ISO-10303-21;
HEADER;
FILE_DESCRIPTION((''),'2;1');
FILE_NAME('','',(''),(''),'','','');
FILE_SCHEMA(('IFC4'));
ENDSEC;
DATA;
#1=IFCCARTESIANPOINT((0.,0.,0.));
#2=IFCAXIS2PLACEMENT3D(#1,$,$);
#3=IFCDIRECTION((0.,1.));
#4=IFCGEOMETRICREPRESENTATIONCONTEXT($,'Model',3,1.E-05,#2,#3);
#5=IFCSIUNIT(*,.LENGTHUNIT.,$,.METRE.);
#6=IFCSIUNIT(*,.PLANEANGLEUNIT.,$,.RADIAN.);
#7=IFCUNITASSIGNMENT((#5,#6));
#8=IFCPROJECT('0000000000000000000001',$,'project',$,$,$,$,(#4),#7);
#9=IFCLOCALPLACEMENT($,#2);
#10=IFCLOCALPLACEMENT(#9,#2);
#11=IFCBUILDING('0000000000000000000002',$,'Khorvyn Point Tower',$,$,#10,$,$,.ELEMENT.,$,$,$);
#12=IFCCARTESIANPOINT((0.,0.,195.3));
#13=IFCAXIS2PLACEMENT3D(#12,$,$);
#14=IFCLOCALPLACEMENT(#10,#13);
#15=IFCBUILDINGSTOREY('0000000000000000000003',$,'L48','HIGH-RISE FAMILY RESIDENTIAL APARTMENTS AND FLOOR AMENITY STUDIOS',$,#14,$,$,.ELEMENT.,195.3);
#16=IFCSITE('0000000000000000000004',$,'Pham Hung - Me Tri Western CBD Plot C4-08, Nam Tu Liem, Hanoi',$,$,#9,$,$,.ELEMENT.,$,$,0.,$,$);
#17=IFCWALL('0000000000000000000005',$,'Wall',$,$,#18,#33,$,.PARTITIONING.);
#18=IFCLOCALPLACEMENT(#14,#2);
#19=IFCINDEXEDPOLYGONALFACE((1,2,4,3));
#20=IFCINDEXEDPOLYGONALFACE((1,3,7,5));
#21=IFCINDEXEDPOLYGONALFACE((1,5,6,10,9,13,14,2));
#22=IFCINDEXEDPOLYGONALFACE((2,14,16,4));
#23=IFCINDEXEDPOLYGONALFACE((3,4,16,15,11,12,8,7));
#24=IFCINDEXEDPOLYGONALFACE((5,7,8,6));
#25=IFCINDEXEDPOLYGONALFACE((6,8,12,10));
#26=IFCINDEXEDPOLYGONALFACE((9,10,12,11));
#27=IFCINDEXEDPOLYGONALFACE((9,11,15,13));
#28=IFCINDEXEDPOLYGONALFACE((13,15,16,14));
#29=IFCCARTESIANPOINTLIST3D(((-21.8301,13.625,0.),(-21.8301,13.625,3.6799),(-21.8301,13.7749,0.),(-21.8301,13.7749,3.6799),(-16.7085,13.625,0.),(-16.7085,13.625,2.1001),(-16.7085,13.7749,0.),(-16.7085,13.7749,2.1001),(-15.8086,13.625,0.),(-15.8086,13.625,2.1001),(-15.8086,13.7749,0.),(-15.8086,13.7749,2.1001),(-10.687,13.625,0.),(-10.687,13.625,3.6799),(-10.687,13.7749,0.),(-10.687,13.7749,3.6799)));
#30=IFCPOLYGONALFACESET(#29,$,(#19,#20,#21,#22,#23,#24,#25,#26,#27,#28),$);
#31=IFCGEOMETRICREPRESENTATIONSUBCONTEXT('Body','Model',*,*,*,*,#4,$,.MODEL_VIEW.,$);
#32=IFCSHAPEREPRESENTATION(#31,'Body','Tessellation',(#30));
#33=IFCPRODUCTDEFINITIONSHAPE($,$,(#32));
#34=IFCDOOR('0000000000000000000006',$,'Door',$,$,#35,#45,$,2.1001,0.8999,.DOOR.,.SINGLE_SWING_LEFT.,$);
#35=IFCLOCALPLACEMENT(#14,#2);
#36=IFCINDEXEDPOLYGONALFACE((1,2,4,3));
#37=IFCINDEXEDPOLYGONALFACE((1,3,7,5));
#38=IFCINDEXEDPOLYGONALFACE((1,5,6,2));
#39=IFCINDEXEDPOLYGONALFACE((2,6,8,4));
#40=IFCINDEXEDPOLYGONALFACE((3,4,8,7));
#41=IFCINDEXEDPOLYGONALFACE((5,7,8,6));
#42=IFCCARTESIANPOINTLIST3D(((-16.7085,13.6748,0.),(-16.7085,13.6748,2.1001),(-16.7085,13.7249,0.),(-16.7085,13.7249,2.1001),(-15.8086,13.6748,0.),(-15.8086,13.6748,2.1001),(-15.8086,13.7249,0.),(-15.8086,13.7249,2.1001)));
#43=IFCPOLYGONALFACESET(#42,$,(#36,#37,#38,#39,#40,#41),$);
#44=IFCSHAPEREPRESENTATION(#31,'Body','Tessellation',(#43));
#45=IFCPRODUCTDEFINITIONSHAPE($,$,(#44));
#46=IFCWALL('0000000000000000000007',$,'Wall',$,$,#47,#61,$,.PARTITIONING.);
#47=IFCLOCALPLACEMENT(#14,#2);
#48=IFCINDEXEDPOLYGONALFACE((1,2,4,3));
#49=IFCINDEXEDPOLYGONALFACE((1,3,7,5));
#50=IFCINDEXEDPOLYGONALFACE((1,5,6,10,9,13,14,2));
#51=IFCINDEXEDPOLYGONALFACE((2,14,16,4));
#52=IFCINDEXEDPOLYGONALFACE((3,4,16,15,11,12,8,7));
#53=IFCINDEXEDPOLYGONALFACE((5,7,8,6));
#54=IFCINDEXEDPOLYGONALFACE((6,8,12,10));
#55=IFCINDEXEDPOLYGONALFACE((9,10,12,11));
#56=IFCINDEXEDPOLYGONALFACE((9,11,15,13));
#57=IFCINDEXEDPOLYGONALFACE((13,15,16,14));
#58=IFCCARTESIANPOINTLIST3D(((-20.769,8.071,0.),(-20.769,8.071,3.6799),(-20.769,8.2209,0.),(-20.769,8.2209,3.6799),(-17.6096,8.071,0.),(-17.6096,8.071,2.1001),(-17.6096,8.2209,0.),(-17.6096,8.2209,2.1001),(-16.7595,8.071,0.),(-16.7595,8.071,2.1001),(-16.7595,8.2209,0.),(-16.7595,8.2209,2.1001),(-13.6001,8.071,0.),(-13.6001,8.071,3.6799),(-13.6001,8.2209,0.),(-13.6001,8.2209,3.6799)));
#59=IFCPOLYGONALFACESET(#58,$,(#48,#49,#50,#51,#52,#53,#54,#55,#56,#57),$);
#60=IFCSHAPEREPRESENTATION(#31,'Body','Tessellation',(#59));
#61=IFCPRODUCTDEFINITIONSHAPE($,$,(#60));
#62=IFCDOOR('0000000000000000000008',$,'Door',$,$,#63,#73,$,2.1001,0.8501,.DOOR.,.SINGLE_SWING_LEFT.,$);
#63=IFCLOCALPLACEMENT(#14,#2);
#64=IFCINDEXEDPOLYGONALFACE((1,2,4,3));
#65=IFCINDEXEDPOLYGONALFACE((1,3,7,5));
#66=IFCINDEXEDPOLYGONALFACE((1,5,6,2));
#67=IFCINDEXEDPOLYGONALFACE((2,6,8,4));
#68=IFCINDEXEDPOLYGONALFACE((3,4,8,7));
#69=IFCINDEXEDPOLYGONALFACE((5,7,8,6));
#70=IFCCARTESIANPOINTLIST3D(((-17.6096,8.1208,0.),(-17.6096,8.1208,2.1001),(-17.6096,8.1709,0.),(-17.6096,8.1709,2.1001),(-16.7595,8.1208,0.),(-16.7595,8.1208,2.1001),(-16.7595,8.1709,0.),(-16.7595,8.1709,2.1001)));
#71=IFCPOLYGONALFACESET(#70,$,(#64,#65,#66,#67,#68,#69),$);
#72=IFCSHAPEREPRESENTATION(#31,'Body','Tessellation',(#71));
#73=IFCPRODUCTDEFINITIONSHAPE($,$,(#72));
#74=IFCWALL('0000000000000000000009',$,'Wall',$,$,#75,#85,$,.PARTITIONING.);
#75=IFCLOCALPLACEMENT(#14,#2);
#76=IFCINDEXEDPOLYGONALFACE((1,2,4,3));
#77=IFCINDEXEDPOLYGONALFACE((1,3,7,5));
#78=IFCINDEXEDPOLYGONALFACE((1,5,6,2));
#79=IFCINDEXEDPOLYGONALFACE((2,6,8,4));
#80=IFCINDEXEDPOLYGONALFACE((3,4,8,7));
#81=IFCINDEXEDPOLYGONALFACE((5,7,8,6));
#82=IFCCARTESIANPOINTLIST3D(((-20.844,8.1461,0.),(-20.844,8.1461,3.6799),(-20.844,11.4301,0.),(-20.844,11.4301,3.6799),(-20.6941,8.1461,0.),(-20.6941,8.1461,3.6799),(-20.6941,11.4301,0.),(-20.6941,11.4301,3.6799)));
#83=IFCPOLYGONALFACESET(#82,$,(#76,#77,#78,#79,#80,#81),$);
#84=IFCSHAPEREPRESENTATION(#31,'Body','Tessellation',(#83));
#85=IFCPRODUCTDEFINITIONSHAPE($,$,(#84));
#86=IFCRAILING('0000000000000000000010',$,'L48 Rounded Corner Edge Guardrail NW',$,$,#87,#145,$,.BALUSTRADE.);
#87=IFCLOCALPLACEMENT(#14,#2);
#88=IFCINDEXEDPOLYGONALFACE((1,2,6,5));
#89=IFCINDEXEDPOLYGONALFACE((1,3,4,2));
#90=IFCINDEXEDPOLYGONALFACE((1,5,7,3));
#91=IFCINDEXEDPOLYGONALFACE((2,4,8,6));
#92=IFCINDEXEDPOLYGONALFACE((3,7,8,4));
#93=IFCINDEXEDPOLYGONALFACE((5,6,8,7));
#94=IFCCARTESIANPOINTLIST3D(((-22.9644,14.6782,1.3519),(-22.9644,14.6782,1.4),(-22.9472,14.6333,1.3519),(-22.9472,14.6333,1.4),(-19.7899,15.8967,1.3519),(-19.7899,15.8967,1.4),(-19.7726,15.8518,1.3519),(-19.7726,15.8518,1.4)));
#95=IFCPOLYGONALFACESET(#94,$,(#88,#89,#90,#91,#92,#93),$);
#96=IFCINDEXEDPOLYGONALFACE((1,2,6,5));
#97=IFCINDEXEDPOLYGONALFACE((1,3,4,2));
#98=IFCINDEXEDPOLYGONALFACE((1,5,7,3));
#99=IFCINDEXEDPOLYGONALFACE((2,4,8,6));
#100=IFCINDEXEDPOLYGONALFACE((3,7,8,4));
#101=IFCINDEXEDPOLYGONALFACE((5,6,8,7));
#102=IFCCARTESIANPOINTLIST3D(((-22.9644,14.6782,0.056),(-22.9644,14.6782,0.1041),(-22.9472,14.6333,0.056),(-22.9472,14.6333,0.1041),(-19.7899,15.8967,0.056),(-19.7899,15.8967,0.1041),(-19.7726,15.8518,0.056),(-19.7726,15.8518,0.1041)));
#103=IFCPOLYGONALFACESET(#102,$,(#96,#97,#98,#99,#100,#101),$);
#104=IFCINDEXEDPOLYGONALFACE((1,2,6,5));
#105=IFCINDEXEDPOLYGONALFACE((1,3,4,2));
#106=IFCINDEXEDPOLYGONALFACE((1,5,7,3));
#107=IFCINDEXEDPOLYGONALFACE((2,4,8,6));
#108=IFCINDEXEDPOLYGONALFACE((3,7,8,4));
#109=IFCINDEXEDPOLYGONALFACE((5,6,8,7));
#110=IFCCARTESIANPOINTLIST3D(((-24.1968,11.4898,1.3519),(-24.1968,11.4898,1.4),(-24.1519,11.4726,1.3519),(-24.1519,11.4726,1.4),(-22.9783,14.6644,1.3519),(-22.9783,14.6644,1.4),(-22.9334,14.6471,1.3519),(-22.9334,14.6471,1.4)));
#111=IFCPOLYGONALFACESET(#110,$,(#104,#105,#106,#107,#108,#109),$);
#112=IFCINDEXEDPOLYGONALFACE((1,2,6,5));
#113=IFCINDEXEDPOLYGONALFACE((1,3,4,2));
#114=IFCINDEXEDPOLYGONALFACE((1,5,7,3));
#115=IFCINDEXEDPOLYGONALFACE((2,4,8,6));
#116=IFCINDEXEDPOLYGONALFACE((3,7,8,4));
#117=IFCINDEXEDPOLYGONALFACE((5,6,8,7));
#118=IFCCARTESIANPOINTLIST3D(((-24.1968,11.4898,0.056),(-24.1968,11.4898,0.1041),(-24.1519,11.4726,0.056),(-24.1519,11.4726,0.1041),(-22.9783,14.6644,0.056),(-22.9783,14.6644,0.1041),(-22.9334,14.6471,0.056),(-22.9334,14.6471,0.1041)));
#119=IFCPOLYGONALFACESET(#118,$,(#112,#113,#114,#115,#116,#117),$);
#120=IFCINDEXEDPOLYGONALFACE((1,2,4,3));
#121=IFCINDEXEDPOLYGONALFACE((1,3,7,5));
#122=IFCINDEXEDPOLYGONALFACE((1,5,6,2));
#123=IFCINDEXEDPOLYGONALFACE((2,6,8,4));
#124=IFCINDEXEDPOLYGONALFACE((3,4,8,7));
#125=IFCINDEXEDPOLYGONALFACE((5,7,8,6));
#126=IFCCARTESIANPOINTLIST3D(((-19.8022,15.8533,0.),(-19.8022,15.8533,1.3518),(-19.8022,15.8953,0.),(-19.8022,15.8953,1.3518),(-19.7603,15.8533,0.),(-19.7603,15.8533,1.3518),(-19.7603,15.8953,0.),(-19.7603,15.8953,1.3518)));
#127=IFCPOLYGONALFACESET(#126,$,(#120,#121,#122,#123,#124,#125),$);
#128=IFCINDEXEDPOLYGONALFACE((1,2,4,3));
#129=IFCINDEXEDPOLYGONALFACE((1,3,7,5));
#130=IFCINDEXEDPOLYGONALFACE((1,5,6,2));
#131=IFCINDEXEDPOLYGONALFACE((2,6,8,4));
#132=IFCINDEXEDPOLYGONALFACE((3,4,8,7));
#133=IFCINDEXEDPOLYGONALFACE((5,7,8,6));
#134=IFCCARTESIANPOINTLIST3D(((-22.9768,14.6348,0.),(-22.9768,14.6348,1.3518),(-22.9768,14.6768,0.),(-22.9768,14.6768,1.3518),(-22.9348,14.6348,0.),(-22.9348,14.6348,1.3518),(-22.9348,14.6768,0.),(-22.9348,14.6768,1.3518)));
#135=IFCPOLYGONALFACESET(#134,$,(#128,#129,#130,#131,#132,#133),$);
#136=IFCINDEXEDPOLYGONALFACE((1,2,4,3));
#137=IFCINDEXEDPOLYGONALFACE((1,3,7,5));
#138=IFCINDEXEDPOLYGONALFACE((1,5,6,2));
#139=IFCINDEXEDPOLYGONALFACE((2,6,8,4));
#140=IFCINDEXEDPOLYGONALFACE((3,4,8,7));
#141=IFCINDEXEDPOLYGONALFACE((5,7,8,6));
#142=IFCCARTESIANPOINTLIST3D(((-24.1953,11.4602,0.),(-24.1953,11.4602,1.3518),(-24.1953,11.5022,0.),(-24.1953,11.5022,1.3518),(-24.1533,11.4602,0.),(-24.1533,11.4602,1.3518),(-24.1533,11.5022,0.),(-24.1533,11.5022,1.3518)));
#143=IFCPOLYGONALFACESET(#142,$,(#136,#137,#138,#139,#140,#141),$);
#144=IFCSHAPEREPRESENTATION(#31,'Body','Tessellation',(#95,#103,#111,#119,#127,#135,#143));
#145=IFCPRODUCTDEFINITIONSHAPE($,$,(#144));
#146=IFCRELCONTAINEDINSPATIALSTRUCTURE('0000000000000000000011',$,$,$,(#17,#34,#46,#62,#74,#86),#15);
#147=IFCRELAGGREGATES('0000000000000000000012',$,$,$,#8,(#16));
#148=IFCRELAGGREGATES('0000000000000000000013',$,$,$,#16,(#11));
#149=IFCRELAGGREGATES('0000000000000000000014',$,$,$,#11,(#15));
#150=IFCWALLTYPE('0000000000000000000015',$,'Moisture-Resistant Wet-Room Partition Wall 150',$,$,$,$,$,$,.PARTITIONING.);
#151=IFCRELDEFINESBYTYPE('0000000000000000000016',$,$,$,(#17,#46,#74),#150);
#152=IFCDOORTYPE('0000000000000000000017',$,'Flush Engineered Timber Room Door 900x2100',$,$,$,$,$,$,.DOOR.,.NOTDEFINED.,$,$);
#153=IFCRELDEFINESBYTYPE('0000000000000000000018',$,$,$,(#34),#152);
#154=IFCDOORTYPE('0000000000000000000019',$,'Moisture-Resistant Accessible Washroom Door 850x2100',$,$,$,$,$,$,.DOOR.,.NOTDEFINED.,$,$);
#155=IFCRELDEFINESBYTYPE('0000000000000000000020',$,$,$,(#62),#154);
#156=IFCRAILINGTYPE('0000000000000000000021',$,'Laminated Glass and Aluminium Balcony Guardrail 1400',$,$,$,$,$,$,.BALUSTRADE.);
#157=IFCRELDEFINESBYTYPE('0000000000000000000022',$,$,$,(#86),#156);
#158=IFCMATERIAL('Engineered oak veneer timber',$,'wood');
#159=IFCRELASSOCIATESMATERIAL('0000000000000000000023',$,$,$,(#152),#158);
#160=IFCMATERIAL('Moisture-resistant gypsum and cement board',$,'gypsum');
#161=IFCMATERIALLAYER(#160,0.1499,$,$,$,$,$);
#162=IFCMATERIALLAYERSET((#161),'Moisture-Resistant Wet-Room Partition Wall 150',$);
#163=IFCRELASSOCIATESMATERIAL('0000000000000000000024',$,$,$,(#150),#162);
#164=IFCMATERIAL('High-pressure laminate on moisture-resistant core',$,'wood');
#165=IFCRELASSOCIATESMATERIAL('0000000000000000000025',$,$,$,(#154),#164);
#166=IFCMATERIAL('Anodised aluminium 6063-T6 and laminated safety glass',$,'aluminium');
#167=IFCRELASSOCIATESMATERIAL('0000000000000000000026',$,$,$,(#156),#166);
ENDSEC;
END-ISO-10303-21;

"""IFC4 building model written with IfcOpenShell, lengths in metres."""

from ifc_helpers import new_model, si_unit, direction, frame, frame_2d, origin, origin_2d, place, context, subcontext, project, spatial, rectangle, extrude, material, layer, layer_set, type_object, element, fill, save


model = new_model("IFC4")

# Units and contexts
model_context = context("Model", 3, precision=1e-05, world=origin(), true_north=direction((0.0, 1.0)))
body_context = subcontext(model_context, "Body", "Model", "MODEL_VIEW")
ifc_project = project(units=[si_unit("LENGTHUNIT", "METRE"), si_unit("PLANEANGLEUNIT", "RADIAN")], contexts=[model_context])

# Site, building, storey
site_placement = place(None, origin())
site = spatial("IfcSite", under=ifc_project, at=site_placement, Name="Pham Hung - Me Tri Western CBD Plot C4-08, Nam Tu Liem, Hanoi", CompositionType="ELEMENT", RefElevation=0.0)
building_placement = place(site_placement, origin())
building = spatial("IfcBuilding", under=site, at=building_placement, Name="Khorvyn Point Tower", CompositionType="ELEMENT")
storey_placement = place(building_placement, frame((0.0, 0.0, 195.3)))
storey = spatial("IfcBuildingStorey", under=building, at=storey_placement, Name="L48", Description="HIGH-RISE FAMILY RESIDENTIAL APARTMENTS AND FLOOR AMENITY STUDIOS", CompositionType="ELEMENT", Elevation=195.3)

# Walls, openings, doors
ifc_material_1 = material(Name="Engineered oak veneer timber", Category="wood")
door_type_1 = type_object("IfcDoorType", Name="Flush Engineered Timber Room Door 900x2100", OperationType="NOTDEFINED", PredefinedType="DOOR", material=ifc_material_1)
ifc_material_2 = material(Name="Moisture-resistant gypsum and cement board", Category="gypsum")
ifc_layer_1 = layer(ifc_material_2, 0.1499)
ifc_layer_set_1 = layer_set([ifc_layer_1], Name="Moisture-Resistant Wet-Room Partition Wall 150")
wall_type_1 = type_object("IfcWallType", Name="Moisture-Resistant Wet-Room Partition Wall 150", PredefinedType="PARTITIONING", material=ifc_layer_set_1)
wall_1_placement = place(storey_placement, frame((-21.8301, 13.7, 0.0), z_axis=(0.0, 0.0, 1.0), x_axis=(1.0, 0.0, 0.0)))
wall_1 = element("IfcWall", 1, at=wall_1_placement, inside=storey, type_object=wall_type_1, Name="Wall", PredefinedType="PARTITIONING", context=body_context, shape_type="SweptSolid", body=[
    extrude(rectangle(XDim=11.1431, YDim=0.1499, at=frame_2d((5.5715, 0.0))), origin(), (0.0, 0.0, 1.0), 3.6799),
])
opening_1_placement = place(wall_1_placement, frame((5.1216, 0.0, 0.0)))
opening_1 = element("IfcOpeningElement", 2, at=opening_1_placement, cuts=wall_1, PredefinedType="OPENING", context=body_context, shape_type="SweptSolid", body=[
    extrude(rectangle(XDim=0.8999, YDim=2.1001, at=frame_2d((0.45, 1.05))), frame((0.0, 0.085, 0.0), z_axis=(0.0, -1.0, 0.0), x_axis=(1.0, 0.0, 0.0)), (0.0, 0.0, 1.0), 0.1699),
])
door_1_placement = place(opening_1_placement, origin())
door_1 = element("IfcDoor", 3, at=door_1_placement, inside=storey, type_object=door_type_1, Name="Door", OperationType="SINGLE_SWING_LEFT", OverallHeight=2.1001, OverallWidth=0.8999, PredefinedType="DOOR", context=body_context, shape_type="SweptSolid", body=[
    extrude(rectangle(XDim=0.8999, YDim=2.1001, at=frame_2d((0.45, 1.05))), frame((0.0, 0.0249, 0.0), z_axis=(0.0, -1.0, 0.0), x_axis=(1.0, 0.0, 0.0)), (0.0, 0.0, 1.0), 0.05),
])
fill(opening_1, door_1)
wall_2_placement = place(storey_placement, frame((-20.769, 8.146, 0.0), z_axis=(0.0, 0.0, 1.0), x_axis=(1.0, 0.0, 0.0)))
wall_2 = element("IfcWall", 4, at=wall_2_placement, inside=storey, type_object=wall_type_1, Name="Wall", PredefinedType="PARTITIONING", context=body_context, shape_type="SweptSolid", body=[
    extrude(rectangle(XDim=7.1689, YDim=0.1499, at=frame_2d((3.5845, 0.0))), origin(), (0.0, 0.0, 1.0), 3.6799),
])
opening_2_placement = place(wall_2_placement, frame((3.1594, 0.0, 0.0)))
opening_2 = element("IfcOpeningElement", 5, at=opening_2_placement, cuts=wall_2, PredefinedType="OPENING", context=body_context, shape_type="SweptSolid", body=[
    extrude(rectangle(XDim=0.8501, YDim=2.1001, at=frame_2d((0.425, 1.05))), frame((0.0, 0.085, 0.0), z_axis=(0.0, -1.0, 0.0), x_axis=(1.0, 0.0, 0.0)), (0.0, 0.0, 1.0), 0.1699),
])
ifc_material_3 = material(Name="High-pressure laminate on moisture-resistant core", Category="wood")
door_type_2 = type_object("IfcDoorType", Name="Moisture-Resistant Accessible Washroom Door 850x2100", OperationType="NOTDEFINED", PredefinedType="DOOR", material=ifc_material_3)
door_2_placement = place(opening_2_placement, origin())
door_2 = element("IfcDoor", 6, at=door_2_placement, inside=storey, type_object=door_type_2, Name="Door", OperationType="SINGLE_SWING_LEFT", OverallHeight=2.1001, OverallWidth=0.8501, PredefinedType="DOOR", context=body_context, shape_type="SweptSolid", body=[
    extrude(rectangle(XDim=0.8501, YDim=2.1001, at=frame_2d((0.425, 1.05))), frame((0.0, 0.0249, 0.0), z_axis=(0.0, -1.0, 0.0), x_axis=(1.0, 0.0, 0.0)), (0.0, 0.0, 1.0), 0.05),
])
fill(opening_2, door_2)

# Wall
wall_3_placement = place(storey_placement, frame((-20.769, 8.146, 0.0), z_axis=(0.0, 0.0, 1.0), x_axis=(0.0, 1.0, 0.0)))
element("IfcWall", 7, at=wall_3_placement, inside=storey, type_object=wall_type_1, Name="Wall", PredefinedType="PARTITIONING", context=body_context, shape_type="SweptSolid", body=[
    extrude(rectangle(XDim=3.2839, YDim=0.1499, at=frame_2d((1.6421, 0.0))), origin(), (0.0, 0.0, 1.0), 3.6799),
])

# Railing
ifc_material_4 = material(Name="Anodised aluminium 6063-T6 and laminated safety glass", Category="aluminium")
railing_type = type_object("IfcRailingType", Name="Laminated Glass and Aluminium Balcony Guardrail 1400", PredefinedType="BALUSTRADE", material=ifc_material_4)
railing_1_placement = place(storey_placement, frame((-19.7812, 15.8743, 0.0)))
element("IfcRailing", 8, at=railing_1_placement, inside=storey, type_object=railing_type, Name="L48 Rounded Corner Edge Guardrail NW", PredefinedType="BALUSTRADE", context=body_context, shape_type="SweptSolid", body=[
    extrude(rectangle(XDim=0.0481, YDim=0.0481, at=origin_2d()), frame((0.0, 0.0, 1.376), z_axis=(-0.93359, -0.358344, 0.0), x_axis=(0.358344, -0.93359, 0.0)), (0.0, 0.0, 1.0), 3.4004),
    extrude(rectangle(XDim=0.0481, YDim=0.0481, at=origin_2d()), frame((0.0, 0.0, 0.0801), z_axis=(-0.93359, -0.358344, 0.0), x_axis=(0.358344, -0.93359, 0.0)), (0.0, 0.0, 1.0), 3.4004),
    extrude(rectangle(XDim=0.0481, YDim=0.0481, at=origin_2d()), frame((-3.1746, -1.2185, 1.376), z_axis=(-0.358344, -0.93359, 0.0), x_axis=(0.93359, -0.358344, 0.0)), (0.0, 0.0, 1.0), 3.4004),
    extrude(rectangle(XDim=0.0481, YDim=0.0481, at=origin_2d()), frame((-3.1746, -1.2185, 0.0801), z_axis=(-0.358344, -0.93359, 0.0), x_axis=(0.93359, -0.358344, 0.0)), (0.0, 0.0, 1.0), 3.4004),
    extrude(rectangle(XDim=0.042, YDim=0.042, at=origin_2d()), origin(), (0.0, 0.0, 1.0), 1.3518),
    extrude(rectangle(XDim=0.042, YDim=0.042, at=origin_2d()), frame((-3.1746, -1.2185, 0.0)), (0.0, 0.0, 1.0), 1.3518),
    extrude(rectangle(XDim=0.042, YDim=0.042, at=origin_2d()), frame((-4.3931, -4.3931, 0.0)), (0.0, 0.0, 1.0), 1.3518),
])

save(model, "model.ifc")
